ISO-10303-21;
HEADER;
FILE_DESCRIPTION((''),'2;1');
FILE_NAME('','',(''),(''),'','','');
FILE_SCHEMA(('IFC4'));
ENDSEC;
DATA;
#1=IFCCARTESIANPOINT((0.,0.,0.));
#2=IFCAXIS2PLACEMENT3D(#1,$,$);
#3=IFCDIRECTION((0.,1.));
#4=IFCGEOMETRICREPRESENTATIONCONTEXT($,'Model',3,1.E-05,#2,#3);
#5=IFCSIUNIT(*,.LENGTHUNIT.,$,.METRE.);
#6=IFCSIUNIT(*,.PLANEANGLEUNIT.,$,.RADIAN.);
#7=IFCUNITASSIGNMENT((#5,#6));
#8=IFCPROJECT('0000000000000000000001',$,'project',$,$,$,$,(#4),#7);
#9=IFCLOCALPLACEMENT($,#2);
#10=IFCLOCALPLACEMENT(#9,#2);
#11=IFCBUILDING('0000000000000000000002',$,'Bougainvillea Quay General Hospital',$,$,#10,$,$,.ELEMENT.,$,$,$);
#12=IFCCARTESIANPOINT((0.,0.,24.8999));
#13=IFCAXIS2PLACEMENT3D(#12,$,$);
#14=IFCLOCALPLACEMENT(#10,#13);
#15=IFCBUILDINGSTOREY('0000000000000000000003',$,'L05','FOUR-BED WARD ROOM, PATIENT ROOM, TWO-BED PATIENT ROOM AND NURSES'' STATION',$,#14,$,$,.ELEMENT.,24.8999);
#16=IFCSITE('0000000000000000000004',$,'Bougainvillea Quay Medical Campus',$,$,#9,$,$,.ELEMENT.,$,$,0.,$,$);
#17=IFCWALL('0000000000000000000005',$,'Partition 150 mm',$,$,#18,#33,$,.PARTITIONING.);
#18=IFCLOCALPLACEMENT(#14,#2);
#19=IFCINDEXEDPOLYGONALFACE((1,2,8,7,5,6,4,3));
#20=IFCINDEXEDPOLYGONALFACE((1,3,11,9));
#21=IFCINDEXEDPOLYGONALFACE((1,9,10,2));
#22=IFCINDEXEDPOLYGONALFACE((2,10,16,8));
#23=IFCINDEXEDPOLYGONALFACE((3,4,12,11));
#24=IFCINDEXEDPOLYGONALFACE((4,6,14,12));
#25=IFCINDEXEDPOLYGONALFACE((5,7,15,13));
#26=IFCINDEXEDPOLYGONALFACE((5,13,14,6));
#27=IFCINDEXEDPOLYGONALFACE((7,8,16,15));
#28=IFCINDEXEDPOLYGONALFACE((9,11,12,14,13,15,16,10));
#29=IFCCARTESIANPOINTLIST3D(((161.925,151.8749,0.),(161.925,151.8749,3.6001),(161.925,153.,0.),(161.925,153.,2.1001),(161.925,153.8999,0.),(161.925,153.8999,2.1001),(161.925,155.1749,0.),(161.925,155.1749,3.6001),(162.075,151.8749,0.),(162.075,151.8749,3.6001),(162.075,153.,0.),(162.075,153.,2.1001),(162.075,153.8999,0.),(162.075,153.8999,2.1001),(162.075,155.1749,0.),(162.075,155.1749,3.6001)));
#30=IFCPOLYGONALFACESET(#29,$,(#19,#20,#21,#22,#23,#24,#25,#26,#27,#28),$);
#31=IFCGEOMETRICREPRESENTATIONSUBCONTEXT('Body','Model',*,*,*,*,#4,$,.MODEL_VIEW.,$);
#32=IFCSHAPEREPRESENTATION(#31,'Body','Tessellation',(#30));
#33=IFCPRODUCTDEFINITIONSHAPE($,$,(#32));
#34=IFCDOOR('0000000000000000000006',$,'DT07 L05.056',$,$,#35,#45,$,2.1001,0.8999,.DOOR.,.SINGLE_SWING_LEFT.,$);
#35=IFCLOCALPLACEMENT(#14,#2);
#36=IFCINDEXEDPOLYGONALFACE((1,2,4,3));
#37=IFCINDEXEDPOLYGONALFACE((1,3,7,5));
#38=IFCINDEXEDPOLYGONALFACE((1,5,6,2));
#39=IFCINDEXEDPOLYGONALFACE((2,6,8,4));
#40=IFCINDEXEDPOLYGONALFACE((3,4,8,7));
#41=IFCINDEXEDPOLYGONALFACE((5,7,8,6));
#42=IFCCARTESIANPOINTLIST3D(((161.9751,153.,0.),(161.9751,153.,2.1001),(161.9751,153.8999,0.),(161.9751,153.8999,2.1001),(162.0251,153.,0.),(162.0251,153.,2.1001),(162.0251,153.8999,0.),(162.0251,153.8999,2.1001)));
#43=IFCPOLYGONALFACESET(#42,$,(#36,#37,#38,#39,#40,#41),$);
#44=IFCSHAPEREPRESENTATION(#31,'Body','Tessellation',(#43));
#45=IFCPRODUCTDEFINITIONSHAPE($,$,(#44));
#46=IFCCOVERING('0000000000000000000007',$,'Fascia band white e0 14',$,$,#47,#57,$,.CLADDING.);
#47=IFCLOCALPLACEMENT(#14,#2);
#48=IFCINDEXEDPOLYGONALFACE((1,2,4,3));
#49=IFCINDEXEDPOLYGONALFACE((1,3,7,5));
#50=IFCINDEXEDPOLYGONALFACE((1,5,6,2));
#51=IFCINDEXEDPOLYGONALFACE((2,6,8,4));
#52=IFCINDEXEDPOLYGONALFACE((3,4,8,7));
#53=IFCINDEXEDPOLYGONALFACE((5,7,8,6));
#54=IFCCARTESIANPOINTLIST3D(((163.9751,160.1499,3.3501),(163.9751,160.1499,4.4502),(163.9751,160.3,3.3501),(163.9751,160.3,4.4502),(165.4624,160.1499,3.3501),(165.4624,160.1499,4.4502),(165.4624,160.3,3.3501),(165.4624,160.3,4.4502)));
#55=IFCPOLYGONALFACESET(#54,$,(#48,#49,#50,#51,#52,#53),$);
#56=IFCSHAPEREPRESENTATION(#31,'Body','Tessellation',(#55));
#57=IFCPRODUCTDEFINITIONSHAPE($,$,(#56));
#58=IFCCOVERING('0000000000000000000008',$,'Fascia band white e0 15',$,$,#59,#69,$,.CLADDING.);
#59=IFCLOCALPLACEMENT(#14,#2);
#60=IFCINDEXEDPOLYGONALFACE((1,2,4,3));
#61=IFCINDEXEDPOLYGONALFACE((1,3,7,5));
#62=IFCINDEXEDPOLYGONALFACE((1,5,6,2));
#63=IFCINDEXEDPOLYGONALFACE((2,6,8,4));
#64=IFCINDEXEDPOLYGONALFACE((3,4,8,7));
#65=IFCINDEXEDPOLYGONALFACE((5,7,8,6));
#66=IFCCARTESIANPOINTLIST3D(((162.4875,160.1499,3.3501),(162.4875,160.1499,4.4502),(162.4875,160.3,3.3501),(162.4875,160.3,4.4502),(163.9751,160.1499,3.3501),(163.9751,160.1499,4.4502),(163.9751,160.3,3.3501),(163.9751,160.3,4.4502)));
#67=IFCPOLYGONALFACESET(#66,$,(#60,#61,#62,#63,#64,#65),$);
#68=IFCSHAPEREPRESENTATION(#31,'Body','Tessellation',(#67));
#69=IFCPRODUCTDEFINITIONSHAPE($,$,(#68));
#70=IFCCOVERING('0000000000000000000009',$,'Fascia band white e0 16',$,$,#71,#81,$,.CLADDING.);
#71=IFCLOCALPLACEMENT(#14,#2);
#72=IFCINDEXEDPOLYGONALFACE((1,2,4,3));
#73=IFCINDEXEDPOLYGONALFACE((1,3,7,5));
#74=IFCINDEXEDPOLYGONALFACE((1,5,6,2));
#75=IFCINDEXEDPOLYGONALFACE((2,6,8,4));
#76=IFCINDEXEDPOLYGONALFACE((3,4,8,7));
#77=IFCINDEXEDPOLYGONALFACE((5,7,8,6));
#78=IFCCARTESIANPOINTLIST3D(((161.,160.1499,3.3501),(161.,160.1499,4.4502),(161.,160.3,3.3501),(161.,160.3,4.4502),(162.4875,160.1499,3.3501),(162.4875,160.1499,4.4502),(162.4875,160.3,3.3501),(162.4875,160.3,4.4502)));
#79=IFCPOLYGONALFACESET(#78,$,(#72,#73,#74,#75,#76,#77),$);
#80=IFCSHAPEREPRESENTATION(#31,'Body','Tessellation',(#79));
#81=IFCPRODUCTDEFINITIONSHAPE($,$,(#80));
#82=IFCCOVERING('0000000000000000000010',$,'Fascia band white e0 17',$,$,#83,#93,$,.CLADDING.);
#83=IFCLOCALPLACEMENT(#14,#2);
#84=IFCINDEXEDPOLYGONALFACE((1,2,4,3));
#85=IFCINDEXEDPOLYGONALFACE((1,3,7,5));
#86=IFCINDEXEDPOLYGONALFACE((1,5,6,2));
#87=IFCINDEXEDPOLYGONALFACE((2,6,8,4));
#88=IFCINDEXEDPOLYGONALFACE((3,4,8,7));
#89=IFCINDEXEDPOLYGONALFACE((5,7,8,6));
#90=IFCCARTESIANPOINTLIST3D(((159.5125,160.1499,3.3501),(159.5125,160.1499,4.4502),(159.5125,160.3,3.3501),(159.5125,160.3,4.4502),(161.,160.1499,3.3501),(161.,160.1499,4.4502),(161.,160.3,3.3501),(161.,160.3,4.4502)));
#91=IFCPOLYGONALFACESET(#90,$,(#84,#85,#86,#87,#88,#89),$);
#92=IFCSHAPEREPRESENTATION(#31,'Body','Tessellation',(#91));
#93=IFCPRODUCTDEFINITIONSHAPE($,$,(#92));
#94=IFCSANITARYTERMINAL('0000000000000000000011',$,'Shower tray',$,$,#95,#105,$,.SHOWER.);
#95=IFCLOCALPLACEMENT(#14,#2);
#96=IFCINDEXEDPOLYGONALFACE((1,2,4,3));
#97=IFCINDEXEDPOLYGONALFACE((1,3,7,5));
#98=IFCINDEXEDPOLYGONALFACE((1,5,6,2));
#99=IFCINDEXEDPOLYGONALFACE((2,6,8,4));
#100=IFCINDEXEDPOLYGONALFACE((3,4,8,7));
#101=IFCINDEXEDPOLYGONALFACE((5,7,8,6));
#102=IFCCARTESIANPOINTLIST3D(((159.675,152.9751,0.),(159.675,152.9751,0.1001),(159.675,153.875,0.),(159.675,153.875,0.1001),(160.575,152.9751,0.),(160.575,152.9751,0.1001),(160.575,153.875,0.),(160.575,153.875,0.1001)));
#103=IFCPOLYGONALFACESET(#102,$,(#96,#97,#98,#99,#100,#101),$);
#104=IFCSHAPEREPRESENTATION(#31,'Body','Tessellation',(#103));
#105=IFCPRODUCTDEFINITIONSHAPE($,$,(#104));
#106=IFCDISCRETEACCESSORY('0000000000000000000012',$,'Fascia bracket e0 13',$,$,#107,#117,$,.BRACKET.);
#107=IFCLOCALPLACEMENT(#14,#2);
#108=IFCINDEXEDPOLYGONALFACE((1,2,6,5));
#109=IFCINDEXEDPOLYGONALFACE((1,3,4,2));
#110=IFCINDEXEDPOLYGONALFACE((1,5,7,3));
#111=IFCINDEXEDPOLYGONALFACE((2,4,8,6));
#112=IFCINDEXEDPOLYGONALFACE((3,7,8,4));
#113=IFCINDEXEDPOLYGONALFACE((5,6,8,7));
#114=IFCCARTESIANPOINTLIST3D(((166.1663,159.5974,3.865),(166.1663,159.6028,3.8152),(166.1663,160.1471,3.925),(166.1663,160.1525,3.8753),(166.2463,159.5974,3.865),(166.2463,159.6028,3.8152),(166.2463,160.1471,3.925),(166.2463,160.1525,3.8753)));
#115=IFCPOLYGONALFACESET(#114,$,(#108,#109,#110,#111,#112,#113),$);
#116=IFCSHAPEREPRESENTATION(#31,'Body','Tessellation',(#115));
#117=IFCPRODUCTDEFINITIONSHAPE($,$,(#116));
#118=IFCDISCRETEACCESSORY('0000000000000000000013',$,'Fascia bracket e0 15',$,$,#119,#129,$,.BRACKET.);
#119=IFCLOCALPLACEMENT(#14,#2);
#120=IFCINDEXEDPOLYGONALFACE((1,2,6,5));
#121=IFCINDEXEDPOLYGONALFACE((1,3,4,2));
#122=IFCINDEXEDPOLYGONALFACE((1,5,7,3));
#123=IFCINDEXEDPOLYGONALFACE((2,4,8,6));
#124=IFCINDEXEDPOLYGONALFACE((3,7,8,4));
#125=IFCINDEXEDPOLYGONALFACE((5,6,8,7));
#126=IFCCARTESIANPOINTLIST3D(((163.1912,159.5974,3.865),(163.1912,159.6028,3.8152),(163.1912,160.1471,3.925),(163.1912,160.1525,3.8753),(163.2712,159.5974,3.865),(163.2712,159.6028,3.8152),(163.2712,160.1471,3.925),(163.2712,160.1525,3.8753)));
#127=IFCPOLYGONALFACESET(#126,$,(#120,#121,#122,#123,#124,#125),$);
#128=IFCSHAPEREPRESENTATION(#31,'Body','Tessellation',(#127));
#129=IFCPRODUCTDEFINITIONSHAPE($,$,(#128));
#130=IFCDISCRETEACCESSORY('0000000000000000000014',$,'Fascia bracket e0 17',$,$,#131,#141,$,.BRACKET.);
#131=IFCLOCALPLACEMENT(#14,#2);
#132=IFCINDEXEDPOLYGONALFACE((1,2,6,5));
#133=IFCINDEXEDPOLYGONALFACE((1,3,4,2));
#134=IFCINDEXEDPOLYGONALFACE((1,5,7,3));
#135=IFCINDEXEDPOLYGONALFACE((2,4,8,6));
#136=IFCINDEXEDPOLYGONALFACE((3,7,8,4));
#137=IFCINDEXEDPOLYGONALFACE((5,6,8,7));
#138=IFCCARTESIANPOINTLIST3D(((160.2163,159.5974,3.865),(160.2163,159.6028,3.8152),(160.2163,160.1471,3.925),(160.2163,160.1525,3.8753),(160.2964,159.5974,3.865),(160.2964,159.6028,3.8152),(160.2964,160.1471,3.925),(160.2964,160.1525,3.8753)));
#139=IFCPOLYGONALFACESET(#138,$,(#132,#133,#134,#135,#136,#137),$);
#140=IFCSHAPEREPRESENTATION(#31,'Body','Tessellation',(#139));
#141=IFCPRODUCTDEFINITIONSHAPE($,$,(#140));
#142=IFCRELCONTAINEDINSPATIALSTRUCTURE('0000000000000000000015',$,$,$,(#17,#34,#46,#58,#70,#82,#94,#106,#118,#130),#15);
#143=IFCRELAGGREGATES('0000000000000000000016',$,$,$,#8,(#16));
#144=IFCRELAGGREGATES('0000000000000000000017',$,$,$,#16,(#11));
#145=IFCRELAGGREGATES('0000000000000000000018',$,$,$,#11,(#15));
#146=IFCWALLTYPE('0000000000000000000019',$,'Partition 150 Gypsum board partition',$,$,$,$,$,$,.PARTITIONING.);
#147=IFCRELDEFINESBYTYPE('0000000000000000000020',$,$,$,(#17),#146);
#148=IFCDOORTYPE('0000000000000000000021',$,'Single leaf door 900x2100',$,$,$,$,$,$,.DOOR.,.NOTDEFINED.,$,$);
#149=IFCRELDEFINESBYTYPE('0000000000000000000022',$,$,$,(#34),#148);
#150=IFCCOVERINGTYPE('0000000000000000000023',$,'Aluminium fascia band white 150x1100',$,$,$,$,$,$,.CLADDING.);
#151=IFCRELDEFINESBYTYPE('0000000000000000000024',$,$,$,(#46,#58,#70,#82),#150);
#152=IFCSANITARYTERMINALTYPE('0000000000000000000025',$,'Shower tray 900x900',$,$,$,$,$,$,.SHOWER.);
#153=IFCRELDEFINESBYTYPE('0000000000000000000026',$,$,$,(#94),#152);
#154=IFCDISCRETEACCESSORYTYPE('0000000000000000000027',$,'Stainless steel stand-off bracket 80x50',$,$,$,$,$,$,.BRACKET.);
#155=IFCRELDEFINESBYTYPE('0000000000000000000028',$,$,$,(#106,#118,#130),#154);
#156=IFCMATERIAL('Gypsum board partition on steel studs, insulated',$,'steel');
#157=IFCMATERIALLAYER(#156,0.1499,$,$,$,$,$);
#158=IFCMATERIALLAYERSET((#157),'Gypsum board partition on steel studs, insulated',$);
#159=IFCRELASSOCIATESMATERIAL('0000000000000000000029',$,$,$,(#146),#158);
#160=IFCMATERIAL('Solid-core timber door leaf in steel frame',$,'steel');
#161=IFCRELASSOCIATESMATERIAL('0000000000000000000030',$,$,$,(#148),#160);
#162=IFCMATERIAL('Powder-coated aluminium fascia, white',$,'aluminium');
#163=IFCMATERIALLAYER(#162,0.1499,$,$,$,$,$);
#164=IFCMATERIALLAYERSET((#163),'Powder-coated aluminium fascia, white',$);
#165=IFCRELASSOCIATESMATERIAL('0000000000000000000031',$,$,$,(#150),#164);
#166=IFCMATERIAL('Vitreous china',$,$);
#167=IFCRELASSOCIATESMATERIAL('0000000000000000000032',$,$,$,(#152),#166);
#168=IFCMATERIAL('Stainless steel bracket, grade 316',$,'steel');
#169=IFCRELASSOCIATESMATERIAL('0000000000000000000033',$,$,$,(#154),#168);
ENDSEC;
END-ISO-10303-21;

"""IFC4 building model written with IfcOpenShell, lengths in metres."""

from ifc_helpers import new_model, si_unit, direction, frame, frame_2d, origin, origin_2d, place, context, subcontext, project, spatial, polyline, rectangle, outline, extrude, material, layer, layer_set, material_profile, profile_set, type_object, element, fill, save


model = new_model("IFC4")

# Units and contexts
model_context = context("Model", 3, precision=1e-05, world=origin(), true_north=direction((0.0, 1.0)))
body_context = subcontext(model_context, "Body", "Model", "MODEL_VIEW")
ifc_project = project(units=[si_unit("LENGTHUNIT", "METRE"), si_unit("PLANEANGLEUNIT", "RADIAN")], contexts=[model_context])

# Site, building, storey
site_placement = place(None, origin())
site = spatial("IfcSite", under=ifc_project, at=site_placement, Name="Bougainvillea Quay Medical Campus", CompositionType="ELEMENT", RefElevation=0.0)
building_placement = place(site_placement, origin())
building = spatial("IfcBuilding", under=site, at=building_placement, Name="Bougainvillea Quay General Hospital", CompositionType="ELEMENT")
storey_placement = place(building_placement, frame((0.0, 0.0, 24.8999)))
storey = spatial("IfcBuildingStorey", under=building, at=storey_placement, Name="L05", Description="FOUR-BED WARD ROOM, PATIENT ROOM, TWO-BED PATIENT ROOM AND NURSES' STATION", CompositionType="ELEMENT", Elevation=24.8999)

# Shared definitions
ifc_material_1 = material(Name="Gypsum board partition on steel studs, insulated", Category="steel")
ifc_layer_1 = layer(ifc_material_1, 0.1499)
ifc_layer_set_1 = layer_set([ifc_layer_1], Name="Gypsum board partition on steel studs, insulated")
wall_type = type_object("IfcWallType", Name="Partition 150 Gypsum board partition", PredefinedType="PARTITIONING", material=ifc_layer_set_1)

# Wall, opening, door
wall_1_placement = place(storey_placement, frame((162.0, 151.875, 0.0), z_axis=(0.0, 0.0, 1.0), x_axis=(0.0, 1.0, 0.0)))
wall_1 = element("IfcWall", 1, at=wall_1_placement, inside=storey, type_object=wall_type, Name="Partition 150 mm", PredefinedType="PARTITIONING", context=body_context, shape_type="SweptSolid", body=[
    extrude(rectangle(XDim=3.3, YDim=0.1499, at=frame_2d((1.6499, 0.0))), origin(), (0.0, 0.0, 1.0), 3.6001),
])
opening_placement = place(wall_1_placement, frame((1.125, 0.0, 0.0)))
opening = element("IfcOpeningElement", 2, at=opening_placement, cuts=wall_1, PredefinedType="OPENING", context=body_context, shape_type="SweptSolid", body=[
    extrude(rectangle(XDim=0.8999, YDim=2.1001, at=frame_2d((0.45, 1.05))), frame((0.0, 0.085, 0.0), z_axis=(0.0, -1.0, 0.0), x_axis=(1.0, 0.0, 0.0)), (0.0, 0.0, 1.0), 0.1699),
])
ifc_material_2 = material(Name="Solid-core timber door leaf in steel frame", Category="steel")
door_type = type_object("IfcDoorType", Name="Single leaf door 900x2100", OperationType="NOTDEFINED", PredefinedType="DOOR", material=ifc_material_2)
door_placement = place(opening_placement, origin())
door = element("IfcDoor", 3, at=door_placement, inside=storey, type_object=door_type, Name="DT07 L05.056", OperationType="SINGLE_SWING_LEFT", OverallHeight=2.1001, OverallWidth=0.8999, PredefinedType="DOOR", context=body_context, shape_type="SweptSolid", body=[
    extrude(rectangle(XDim=0.8999, YDim=2.1001, at=frame_2d((0.45, 1.05))), frame((0.0, 0.0249, 0.0), z_axis=(0.0, -1.0, 0.0), x_axis=(1.0, 0.0, 0.0)), (0.0, 0.0, 1.0), 0.05),
])
fill(opening, door)

# Coverings
ifc_material_3 = material(Name="Powder-coated aluminium fascia, white", Category="aluminium")
ifc_layer_2 = layer(ifc_material_3, 0.1499)
ifc_layer_set_2 = layer_set([ifc_layer_2], Name="Powder-coated aluminium fascia, white")
covering_type = type_object("IfcCoveringType", Name="Aluminium fascia band white 150x1100", PredefinedType="CLADDING", material=ifc_layer_set_2)
covering_placement = place(storey_placement, frame((165.4624, 160.1499, 3.3501), z_axis=(0.0, 0.0, 1.0), x_axis=(-1.0, 0.0, 0.0)))
element("IfcCovering", 4, at=covering_placement, inside=storey, type_object=covering_type, Name="Fascia band white e0 14", PredefinedType="CLADDING", context=body_context, shape_type="SweptSolid", body=[
    extrude(outline(polyline([(0.0, 0.0), (1.4873, 0.0), (1.4873, -0.1501), (0.0, -0.1501), (0.0, 0.0)])), origin(), (0.0, 0.0, 1.0), 1.1001),
])
for number, where, z_axis, x_axis, name in (
    (5, (163.9751, 160.1499, 3.3501), (0.0, 0.0, 1.0), (-1.0, 0.0, 0.0), "Fascia band white e0 15"),
    (6, (162.4875, 160.1499, 3.3501), (0.0, 0.0, 1.0), (-1.0, 0.0, 0.0), "Fascia band white e0 16"),
    (7, (161.0, 160.1499, 3.3501), (0.0, 0.0, 1.0), (-1.0, 0.0, 0.0), "Fascia band white e0 17"),
):
    element("IfcCovering", number, at=place(storey_placement, frame(where, z_axis=z_axis, x_axis=x_axis)), inside=storey, type_object=covering_type, Name=name, PredefinedType="CLADDING", context=body_context, shape_type="SweptSolid", body=[
        extrude(outline(polyline([(0.0, 0.0), (1.4875, 0.0), (1.4875, -0.1501), (0.0, -0.1501), (0.0, 0.0)])), origin(), (0.0, 0.0, 1.0), 1.1001),
    ])

# Sanitary terminal
ifc_material_4 = material(Name="Vitreous china")
sanitary_terminal_type = type_object("IfcSanitaryTerminalType", Name="Shower tray 900x900", PredefinedType="SHOWER", material=ifc_material_4)
sanitary_terminal_placement = place(storey_placement, frame((160.125, 153.425, 0.0), z_axis=(0.0, 0.0, 1.0), x_axis=(0.0, 1.0, 0.0)))
element("IfcSanitaryTerminal", 8, at=sanitary_terminal_placement, inside=storey, type_object=sanitary_terminal_type, Name="Shower tray", PredefinedType="SHOWER", context=body_context, shape_type="SweptSolid", body=[
    extrude(rectangle(XDim=0.8999, YDim=0.8999, at=origin_2d()), origin(), (0.0, 0.0, 1.0), 0.1001),
])

# Discrete accessories
ifc_material_5 = material(Name="Stainless steel bracket, grade 316", Category="steel")
ifc_material_profile_1 = material_profile(ifc_material_5, rectangle(XDim=0.0801, YDim=0.05, at=origin_2d()))
ifc_profile_set_1 = profile_set([ifc_material_profile_1], Name="Stainless steel bracket, grade 316")
discrete_accessory_type = type_object("IfcDiscreteAccessoryType", Name="Stainless steel stand-off bracket 80x50", PredefinedType="BRACKET", material=ifc_profile_set_1)
for number, where, z_axis, x_axis, name in (
    (9, (166.2063, 159.6001, 3.8401), (0.0, 0.994087, 0.10859), (-1.0, 0.0, 0.0), "Fascia bracket e0 13"),
    (10, (163.2312, 159.6001, 3.8401), (0.0, 0.994087, 0.10859), (-1.0, 0.0, 0.0), "Fascia bracket e0 15"),
    (11, (160.2563, 159.6001, 3.8401), (0.0, 0.994087, 0.10859), (-1.0, 0.0, 0.0), "Fascia bracket e0 17"),
):
    element("IfcDiscreteAccessory", number, at=place(storey_placement, frame(where, z_axis=z_axis, x_axis=x_axis)), inside=storey, type_object=discrete_accessory_type, Name=name, PredefinedType="BRACKET", context=body_context, shape_type="SweptSolid", body=[
        extrude(rectangle(XDim=0.0801, YDim=0.05, at=origin_2d()), origin(), (0.0, 0.0, 1.0), 0.553),
    ])

save(model, "model.ifc")
